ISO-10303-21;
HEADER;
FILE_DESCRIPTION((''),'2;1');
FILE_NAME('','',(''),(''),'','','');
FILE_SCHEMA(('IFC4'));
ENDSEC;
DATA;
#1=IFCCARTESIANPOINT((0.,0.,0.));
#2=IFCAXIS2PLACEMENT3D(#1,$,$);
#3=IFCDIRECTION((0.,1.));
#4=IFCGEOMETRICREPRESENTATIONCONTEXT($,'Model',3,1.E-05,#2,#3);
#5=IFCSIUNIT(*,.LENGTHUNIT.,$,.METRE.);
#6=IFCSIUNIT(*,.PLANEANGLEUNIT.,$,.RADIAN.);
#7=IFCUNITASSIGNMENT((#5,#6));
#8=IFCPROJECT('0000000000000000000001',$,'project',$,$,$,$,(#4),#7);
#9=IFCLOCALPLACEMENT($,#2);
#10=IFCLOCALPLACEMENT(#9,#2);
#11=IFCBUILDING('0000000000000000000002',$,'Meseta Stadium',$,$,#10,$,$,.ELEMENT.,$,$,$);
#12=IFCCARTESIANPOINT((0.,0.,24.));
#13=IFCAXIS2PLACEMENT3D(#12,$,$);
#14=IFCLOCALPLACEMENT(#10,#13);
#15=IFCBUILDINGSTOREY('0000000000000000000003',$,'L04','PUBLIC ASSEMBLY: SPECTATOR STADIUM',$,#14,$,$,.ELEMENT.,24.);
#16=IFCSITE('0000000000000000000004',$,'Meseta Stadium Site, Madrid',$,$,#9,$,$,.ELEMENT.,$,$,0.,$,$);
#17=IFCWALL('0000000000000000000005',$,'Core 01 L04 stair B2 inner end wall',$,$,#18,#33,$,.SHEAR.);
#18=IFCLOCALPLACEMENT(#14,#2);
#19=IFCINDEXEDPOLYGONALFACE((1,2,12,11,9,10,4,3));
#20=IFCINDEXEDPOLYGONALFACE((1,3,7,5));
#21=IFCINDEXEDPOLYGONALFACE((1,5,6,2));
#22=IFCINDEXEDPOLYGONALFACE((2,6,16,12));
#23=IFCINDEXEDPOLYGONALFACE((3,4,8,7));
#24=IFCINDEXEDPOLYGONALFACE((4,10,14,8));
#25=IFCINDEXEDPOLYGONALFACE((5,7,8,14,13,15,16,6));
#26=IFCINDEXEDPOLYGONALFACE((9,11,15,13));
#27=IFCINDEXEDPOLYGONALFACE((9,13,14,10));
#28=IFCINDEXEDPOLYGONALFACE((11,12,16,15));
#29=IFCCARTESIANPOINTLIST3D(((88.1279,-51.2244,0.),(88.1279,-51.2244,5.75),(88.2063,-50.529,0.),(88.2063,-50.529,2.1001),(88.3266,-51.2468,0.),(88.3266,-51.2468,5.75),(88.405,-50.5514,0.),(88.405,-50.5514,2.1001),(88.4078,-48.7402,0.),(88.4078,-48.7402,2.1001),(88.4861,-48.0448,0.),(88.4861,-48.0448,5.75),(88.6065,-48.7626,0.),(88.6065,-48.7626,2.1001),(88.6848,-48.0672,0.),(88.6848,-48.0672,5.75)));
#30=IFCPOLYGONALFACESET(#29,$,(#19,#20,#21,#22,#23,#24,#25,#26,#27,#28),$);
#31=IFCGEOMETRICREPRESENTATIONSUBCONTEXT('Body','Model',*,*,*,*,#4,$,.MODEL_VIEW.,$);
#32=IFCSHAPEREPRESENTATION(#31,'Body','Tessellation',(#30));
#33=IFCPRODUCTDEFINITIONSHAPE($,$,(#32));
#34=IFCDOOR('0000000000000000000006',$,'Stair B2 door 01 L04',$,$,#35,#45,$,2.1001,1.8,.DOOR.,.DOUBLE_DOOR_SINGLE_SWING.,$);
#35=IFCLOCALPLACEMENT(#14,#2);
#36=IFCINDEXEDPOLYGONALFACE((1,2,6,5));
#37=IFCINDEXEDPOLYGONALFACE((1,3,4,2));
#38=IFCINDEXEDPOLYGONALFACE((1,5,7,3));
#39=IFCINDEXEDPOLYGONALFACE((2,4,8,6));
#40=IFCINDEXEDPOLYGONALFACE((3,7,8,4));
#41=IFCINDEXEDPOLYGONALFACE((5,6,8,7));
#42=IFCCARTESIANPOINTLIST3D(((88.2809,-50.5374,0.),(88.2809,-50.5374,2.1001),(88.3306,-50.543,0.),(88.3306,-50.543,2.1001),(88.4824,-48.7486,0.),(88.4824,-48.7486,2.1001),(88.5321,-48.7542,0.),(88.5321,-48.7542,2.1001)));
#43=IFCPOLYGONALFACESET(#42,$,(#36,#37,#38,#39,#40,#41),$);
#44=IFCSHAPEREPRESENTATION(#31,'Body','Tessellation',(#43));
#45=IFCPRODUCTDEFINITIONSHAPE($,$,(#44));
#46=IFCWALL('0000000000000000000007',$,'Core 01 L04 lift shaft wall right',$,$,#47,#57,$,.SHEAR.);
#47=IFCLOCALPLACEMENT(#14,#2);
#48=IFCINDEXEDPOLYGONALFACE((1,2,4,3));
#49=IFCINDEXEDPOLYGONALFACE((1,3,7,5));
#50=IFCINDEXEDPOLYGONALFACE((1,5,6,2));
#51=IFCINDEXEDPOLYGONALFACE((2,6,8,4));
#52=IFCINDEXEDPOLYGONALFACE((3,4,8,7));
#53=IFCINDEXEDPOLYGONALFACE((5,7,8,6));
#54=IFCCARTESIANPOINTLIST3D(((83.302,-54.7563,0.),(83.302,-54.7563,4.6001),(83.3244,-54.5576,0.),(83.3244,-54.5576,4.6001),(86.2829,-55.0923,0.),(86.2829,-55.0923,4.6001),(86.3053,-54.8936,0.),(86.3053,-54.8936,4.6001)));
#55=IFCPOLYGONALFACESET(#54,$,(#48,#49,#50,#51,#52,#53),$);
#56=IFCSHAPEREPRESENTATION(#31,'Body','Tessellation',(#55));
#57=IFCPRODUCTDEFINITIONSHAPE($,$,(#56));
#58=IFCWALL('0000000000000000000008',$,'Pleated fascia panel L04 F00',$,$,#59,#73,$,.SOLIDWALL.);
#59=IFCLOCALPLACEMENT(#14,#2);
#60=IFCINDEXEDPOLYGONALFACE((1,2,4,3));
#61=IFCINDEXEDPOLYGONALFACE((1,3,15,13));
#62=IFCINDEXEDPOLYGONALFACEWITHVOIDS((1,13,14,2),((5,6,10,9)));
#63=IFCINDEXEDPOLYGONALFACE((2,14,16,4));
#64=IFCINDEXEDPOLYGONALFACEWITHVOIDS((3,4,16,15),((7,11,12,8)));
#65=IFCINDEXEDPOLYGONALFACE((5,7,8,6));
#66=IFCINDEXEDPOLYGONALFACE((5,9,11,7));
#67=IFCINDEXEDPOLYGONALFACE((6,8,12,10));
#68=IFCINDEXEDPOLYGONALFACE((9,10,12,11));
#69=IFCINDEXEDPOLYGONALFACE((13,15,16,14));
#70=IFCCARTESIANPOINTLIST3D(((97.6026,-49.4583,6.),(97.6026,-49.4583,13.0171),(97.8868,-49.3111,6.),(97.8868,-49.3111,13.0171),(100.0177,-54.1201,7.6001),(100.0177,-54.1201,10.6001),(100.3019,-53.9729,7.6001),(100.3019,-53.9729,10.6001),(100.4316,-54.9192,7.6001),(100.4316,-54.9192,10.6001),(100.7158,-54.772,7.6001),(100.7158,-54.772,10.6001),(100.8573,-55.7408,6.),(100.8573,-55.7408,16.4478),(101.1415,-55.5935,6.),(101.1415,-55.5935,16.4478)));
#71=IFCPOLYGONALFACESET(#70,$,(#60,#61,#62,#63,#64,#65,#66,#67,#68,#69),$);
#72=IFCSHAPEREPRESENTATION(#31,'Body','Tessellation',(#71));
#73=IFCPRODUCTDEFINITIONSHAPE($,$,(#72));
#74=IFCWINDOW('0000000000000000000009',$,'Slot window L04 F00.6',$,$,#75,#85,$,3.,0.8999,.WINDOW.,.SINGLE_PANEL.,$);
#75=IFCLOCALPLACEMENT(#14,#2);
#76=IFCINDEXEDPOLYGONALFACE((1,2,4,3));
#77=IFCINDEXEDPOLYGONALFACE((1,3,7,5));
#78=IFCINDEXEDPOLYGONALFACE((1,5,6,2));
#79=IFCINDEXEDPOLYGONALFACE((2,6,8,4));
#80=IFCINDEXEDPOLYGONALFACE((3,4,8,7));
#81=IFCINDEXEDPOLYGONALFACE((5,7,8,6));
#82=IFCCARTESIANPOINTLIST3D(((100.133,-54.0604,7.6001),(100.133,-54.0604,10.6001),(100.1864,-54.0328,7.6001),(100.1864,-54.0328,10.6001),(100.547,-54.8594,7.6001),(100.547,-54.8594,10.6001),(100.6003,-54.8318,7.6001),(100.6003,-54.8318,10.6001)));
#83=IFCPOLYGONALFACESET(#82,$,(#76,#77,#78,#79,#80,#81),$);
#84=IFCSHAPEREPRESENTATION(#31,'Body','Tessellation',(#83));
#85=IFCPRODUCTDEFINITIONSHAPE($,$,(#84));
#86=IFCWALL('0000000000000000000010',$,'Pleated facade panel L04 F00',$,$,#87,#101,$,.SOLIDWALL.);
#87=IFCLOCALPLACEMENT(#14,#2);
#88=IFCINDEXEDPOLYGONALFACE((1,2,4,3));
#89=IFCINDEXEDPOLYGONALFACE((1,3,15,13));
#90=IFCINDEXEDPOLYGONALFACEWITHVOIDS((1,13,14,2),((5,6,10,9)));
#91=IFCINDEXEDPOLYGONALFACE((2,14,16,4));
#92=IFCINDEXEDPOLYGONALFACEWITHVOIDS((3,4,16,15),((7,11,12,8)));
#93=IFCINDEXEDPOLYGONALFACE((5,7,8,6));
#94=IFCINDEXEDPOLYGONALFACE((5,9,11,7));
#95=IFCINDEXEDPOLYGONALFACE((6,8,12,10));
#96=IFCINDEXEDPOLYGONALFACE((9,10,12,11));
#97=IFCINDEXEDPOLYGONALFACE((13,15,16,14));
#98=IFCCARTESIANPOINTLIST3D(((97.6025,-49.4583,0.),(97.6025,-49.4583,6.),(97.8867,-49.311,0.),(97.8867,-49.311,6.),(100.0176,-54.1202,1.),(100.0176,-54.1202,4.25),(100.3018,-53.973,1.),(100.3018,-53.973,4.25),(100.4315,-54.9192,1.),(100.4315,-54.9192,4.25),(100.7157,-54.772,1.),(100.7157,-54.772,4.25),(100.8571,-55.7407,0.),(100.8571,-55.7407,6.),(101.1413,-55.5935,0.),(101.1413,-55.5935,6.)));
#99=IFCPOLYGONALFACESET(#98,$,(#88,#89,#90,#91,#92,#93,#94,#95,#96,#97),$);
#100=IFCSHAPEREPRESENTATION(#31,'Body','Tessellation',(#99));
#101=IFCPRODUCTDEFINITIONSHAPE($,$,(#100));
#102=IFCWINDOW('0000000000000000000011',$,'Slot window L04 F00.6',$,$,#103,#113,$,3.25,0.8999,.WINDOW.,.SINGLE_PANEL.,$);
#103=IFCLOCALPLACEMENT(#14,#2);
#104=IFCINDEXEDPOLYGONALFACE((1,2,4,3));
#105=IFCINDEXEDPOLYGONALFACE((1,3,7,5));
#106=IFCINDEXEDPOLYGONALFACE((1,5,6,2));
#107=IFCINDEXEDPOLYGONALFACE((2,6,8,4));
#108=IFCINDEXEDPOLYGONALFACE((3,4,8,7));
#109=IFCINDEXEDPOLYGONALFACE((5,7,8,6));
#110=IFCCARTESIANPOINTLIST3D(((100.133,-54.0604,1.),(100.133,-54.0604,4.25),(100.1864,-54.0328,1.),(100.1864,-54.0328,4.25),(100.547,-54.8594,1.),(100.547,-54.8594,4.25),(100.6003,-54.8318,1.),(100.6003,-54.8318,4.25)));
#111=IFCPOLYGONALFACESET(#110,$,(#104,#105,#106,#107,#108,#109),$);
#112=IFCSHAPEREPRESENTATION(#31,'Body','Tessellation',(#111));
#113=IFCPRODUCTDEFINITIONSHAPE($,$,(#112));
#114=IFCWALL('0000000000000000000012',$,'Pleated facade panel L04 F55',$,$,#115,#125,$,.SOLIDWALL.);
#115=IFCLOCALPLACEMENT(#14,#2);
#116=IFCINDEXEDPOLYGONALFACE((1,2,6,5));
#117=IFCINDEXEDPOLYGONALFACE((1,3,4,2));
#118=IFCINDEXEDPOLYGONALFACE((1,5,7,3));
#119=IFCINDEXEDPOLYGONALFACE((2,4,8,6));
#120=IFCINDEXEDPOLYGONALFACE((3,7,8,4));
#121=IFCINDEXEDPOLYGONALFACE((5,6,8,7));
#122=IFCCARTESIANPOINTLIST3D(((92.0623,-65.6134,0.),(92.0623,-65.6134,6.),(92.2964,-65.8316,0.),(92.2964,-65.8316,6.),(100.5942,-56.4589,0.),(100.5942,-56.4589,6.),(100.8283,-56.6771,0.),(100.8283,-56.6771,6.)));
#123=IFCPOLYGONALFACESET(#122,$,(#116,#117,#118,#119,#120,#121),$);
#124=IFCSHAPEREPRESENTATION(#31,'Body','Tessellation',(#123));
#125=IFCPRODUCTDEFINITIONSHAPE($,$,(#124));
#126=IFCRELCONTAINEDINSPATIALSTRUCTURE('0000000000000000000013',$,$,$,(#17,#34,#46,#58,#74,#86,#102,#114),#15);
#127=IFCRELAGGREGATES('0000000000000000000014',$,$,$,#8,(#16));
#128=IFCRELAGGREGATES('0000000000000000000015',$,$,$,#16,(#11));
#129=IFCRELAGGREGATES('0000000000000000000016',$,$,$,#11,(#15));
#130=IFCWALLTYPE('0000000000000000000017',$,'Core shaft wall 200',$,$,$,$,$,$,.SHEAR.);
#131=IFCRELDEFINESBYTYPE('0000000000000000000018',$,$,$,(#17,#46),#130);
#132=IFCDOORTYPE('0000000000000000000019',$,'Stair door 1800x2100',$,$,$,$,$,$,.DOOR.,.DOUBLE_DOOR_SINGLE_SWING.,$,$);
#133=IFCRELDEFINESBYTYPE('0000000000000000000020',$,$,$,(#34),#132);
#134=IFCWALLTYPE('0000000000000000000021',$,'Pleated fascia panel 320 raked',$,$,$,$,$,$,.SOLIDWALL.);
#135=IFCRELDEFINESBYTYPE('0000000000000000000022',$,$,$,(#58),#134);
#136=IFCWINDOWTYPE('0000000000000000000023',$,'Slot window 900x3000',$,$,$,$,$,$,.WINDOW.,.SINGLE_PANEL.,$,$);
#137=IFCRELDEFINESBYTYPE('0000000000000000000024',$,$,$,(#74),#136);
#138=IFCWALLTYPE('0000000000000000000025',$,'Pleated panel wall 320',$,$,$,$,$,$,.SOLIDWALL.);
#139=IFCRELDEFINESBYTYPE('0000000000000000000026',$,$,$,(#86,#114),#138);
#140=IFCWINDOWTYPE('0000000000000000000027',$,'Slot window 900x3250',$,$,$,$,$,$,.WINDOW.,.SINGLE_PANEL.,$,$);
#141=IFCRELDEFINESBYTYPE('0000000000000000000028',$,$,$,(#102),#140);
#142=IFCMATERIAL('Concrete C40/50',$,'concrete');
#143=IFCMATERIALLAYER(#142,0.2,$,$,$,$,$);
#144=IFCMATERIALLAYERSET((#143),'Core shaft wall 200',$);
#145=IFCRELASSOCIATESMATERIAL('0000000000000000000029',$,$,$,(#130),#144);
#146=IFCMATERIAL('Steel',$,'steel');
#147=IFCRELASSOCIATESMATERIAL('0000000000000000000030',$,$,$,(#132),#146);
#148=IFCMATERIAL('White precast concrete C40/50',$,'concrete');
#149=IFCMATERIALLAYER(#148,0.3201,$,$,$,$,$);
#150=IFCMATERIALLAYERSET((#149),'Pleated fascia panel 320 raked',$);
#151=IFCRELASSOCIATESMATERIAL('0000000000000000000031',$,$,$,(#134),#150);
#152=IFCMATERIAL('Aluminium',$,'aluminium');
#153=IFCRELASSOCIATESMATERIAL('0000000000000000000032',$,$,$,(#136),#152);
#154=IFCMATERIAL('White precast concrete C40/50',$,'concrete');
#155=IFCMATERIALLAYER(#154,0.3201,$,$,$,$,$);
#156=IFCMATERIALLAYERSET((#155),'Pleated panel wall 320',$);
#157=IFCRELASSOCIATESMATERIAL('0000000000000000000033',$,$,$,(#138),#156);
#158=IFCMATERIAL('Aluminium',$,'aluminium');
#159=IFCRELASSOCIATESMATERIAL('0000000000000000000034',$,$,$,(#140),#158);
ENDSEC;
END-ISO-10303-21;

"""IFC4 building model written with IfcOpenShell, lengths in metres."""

from ifc_helpers import new_model, si_unit, direction, frame, frame_2d, origin, place, context, subcontext, project, spatial, polyline, rectangle, outline, extrude, material, layer, layer_set, type_object, element, fill, save


model = new_model("IFC4")

# Units and contexts
model_context = context("Model", 3, precision=1e-05, world=origin(), true_north=direction((0.0, 1.0)))
body_context = subcontext(model_context, "Body", "Model", "MODEL_VIEW")
ifc_project = project(units=[si_unit("LENGTHUNIT", "METRE"), si_unit("PLANEANGLEUNIT", "RADIAN")], contexts=[model_context])

# Site, building, storey
site_placement = place(None, origin())
site = spatial("IfcSite", under=ifc_project, at=site_placement, Name="Meseta Stadium Site, Madrid", CompositionType="ELEMENT", RefElevation=0.0)
building_placement = place(site_placement, origin())
building = spatial("IfcBuilding", under=site, at=building_placement, Name="Meseta Stadium", CompositionType="ELEMENT")
storey_placement = place(building_placement, frame((0.0, 0.0, 24.0)))
storey = spatial("IfcBuildingStorey", under=building, at=storey_placement, Name="L04", Description="PUBLIC ASSEMBLY: SPECTATOR STADIUM", CompositionType="ELEMENT", Elevation=24.0)

# Shared definitions
ifc_material_1 = material(Name="Concrete C40/50", Category="concrete")
ifc_layer_1 = layer(ifc_material_1, 0.2)
ifc_layer_set_1 = layer_set([ifc_layer_1], Name="Core shaft wall 200")
wall_type_1 = type_object("IfcWallType", Name="Core shaft wall 200", PredefinedType="SHEAR", material=ifc_layer_set_1)

# Wall, opening, door
ifc_material_2 = material(Name="Steel", Category="steel")
door_type = type_object("IfcDoorType", Name="Stair door 1800x2100", OperationType="DOUBLE_DOOR_SINGLE_SWING", PredefinedType="DOOR", material=ifc_material_2)
wall_1_placement = place(storey_placement, frame((88.2273, -51.2356, 0.0), z_axis=(0.0, 0.0, 1.0), x_axis=(0.11193, 0.993716, 0.0)))
wall_1 = element("IfcWall", 1, at=wall_1_placement, inside=storey, type_object=wall_type_1, Name="Core 01 L04 stair B2 inner end wall", PredefinedType="SHEAR", context=body_context, shape_type="SweptSolid", body=[
    extrude(rectangle(XDim=3.1997, YDim=0.2, at=frame_2d((1.5999, 0.0))), origin(), (0.0, 0.0, 1.0), 5.75),
])
opening_1_placement = place(wall_1_placement, frame((0.7, 0.0, 0.0)))
opening_1 = element("IfcOpeningElement", 2, at=opening_1_placement, cuts=wall_1, PredefinedType="OPENING", context=body_context, shape_type="SweptSolid", body=[
    extrude(rectangle(XDim=1.8, YDim=2.1001, at=frame_2d((0.8999, 1.05))), frame((0.0, 0.1099, 0.0), z_axis=(0.0, -1.0, 0.0), x_axis=(1.0, 0.0, 0.0)), (0.0, 0.0, 1.0), 0.22),
])
door_1_placement = place(opening_1_placement, origin())
door_1 = element("IfcDoor", 3, at=door_1_placement, inside=storey, type_object=door_type, Name="Stair B2 door 01 L04", OperationType="DOUBLE_DOOR_SINGLE_SWING", OverallHeight=2.1001, OverallWidth=1.8, PredefinedType="DOOR", context=body_context, shape_type="SweptSolid", body=[
    extrude(rectangle(XDim=1.8, YDim=2.1001, at=frame_2d((0.8999, 1.05))), frame((0.0, 0.0249, 0.0), z_axis=(0.0, -1.0, 0.0), x_axis=(1.0, 0.0, 0.0)), (0.0, 0.0, 1.0), 0.05),
])
fill(opening_1, door_1)

# Wall
wall_2_placement = place(storey_placement, frame((86.2942, -54.9929, 0.0), z_axis=(0.0, 0.0, 1.0), x_axis=(-0.99371, 0.111986, 0.0)))
element("IfcWall", 4, at=wall_2_placement, inside=storey, type_object=wall_type_1, Name="Core 01 L04 lift shaft wall right", PredefinedType="SHEAR", context=body_context, shape_type="SweptSolid", body=[
    extrude(rectangle(XDim=2.9998, YDim=0.2, at=frame_2d((1.5, 0.0))), origin(), (0.0, 0.0, 1.0), 4.6001),
])

# Walls, openings, windows
ifc_material_3 = material(Name="White precast concrete C40/50", Category="concrete")
ifc_layer_2 = layer(ifc_material_3, 0.3201)
ifc_layer_set_2 = layer_set([ifc_layer_2], Name="Pleated fascia panel 320 raked")
wall_type_2 = type_object("IfcWallType", Name="Pleated fascia panel 320 raked", PredefinedType="SOLIDWALL", material=ifc_layer_set_2)
wall_3_placement = place(storey_placement, frame((97.7446, -49.3848, 6.0), z_axis=(0.0, 0.0, 1.0), x_axis=(0.45999, -0.887924, 0.0)))
wall_3 = element("IfcWall", 5, at=wall_3_placement, inside=storey, type_object=wall_type_2, Name="Pleated fascia panel L04 F00", PredefinedType="SOLIDWALL", context=body_context, shape_type="SweptSolid", body=[
    extrude(outline(polyline([(0.0, 0.0), (7.0754, 0.0), (7.0754, 10.4478), (0.0, 7.0171), (0.0, 0.0)])), frame((0.0, 0.1602, 0.0), z_axis=(0.0, -1.0, 0.0), x_axis=(1.0, 0.0, 0.0)), (0.0, 0.0, 1.0), 0.3201),
])
opening_2_placement = place(wall_3_placement, frame((5.2502, 0.0, 1.6001)))
opening_2 = element("IfcOpeningElement", 6, at=opening_2_placement, cuts=wall_3, PredefinedType="OPENING", context=body_context, shape_type="SweptSolid", body=[
    extrude(rectangle(XDim=0.8999, YDim=3.0, at=frame_2d((0.45, 1.5))), frame((0.0, 0.1699, 0.0), z_axis=(0.0, -1.0, 0.0), x_axis=(1.0, 0.0, 0.0)), (0.0, 0.0, 1.0), 0.3401),
])
ifc_material_4 = material(Name="Aluminium", Category="aluminium")
window_type_1 = type_object("IfcWindowType", Name="Slot window 900x3000", PartitioningType="SINGLE_PANEL", PredefinedType="WINDOW", material=ifc_material_4)
window_1_placement = place(opening_2_placement, origin())
window_1 = element("IfcWindow", 7, at=window_1_placement, inside=storey, type_object=window_type_1, Name="Slot window L04 F00.6", OverallHeight=3.0, OverallWidth=0.8999, PartitioningType="SINGLE_PANEL", PredefinedType="WINDOW", context=body_context, shape_type="SweptSolid", body=[
    extrude(rectangle(XDim=0.8999, YDim=3.0, at=frame_2d((0.45, 1.5))), frame((0.0, 0.03, 0.0), z_axis=(0.0, -1.0, 0.0), x_axis=(1.0, 0.0, 0.0)), (0.0, 0.0, 1.0), 0.0601),
])
fill(opening_2, window_1)
ifc_material_5 = material(Name="White precast concrete C40/50", Category="concrete")
ifc_layer_3 = layer(ifc_material_5, 0.3201)
ifc_layer_set_3 = layer_set([ifc_layer_3], Name="Pleated panel wall 320")
wall_type_3 = type_object("IfcWallType", Name="Pleated panel wall 320", PredefinedType="SOLIDWALL", material=ifc_layer_set_3)
wall_4_placement = place(storey_placement, frame((97.7446, -49.3848, 0.0), z_axis=(0.0, 0.0, 1.0), x_axis=(0.45999, -0.887924, 0.0)))
wall_4 = element("IfcWall", 8, at=wall_4_placement, inside=storey, type_object=wall_type_3, Name="Pleated facade panel L04 F00", PredefinedType="SOLIDWALL", context=body_context, shape_type="SweptSolid", body=[
    extrude(rectangle(XDim=7.0754, YDim=0.3201, at=frame_2d((3.5376, 0.0))), origin(), (0.0, 0.0, 1.0), 6.0),
])
opening_3_placement = place(wall_4_placement, frame((5.2502, 0.0, 1.0)))
opening_3 = element("IfcOpeningElement", 9, at=opening_3_placement, cuts=wall_4, PredefinedType="OPENING", context=body_context, shape_type="SweptSolid", body=[
    extrude(rectangle(XDim=0.8999, YDim=3.25, at=frame_2d((0.45, 1.625))), frame((0.0, 0.1699, 0.0), z_axis=(0.0, -1.0, 0.0), x_axis=(1.0, 0.0, 0.0)), (0.0, 0.0, 1.0), 0.3401),
])
ifc_material_6 = material(Name="Aluminium", Category="aluminium")
window_type_2 = type_object("IfcWindowType", Name="Slot window 900x3250", PartitioningType="SINGLE_PANEL", PredefinedType="WINDOW", material=ifc_material_6)
window_2_placement = place(opening_3_placement, origin())
window_2 = element("IfcWindow", 10, at=window_2_placement, inside=storey, type_object=window_type_2, Name="Slot window L04 F00.6", OverallHeight=3.25, OverallWidth=0.8999, PartitioningType="SINGLE_PANEL", PredefinedType="WINDOW", context=body_context, shape_type="SweptSolid", body=[
    extrude(rectangle(XDim=0.8999, YDim=3.25, at=frame_2d((0.45, 1.625))), frame((0.0, 0.03, 0.0), z_axis=(0.0, -1.0, 0.0), x_axis=(1.0, 0.0, 0.0)), (0.0, 0.0, 1.0), 0.0601),
])
fill(opening_3, window_2)

# Wall
wall_5_placement = place(storey_placement, frame((100.7112, -56.5681, 0.0), z_axis=(0.0, 0.0, 1.0), x_axis=(-0.681795, -0.731544, 0.0)))
element("IfcWall", 11, at=wall_5_placement, inside=storey, type_object=wall_type_3, Name="Pleated facade panel L04 F55", PredefinedType="SOLIDWALL", context=body_context, shape_type="SweptSolid", body=[
    extrude(rectangle(XDim=12.5139, YDim=0.3201, at=frame_2d((6.2568, 0.0))), origin(), (0.0, 0.0, 1.0), 6.0),
])

save(model, "model.ifc")
